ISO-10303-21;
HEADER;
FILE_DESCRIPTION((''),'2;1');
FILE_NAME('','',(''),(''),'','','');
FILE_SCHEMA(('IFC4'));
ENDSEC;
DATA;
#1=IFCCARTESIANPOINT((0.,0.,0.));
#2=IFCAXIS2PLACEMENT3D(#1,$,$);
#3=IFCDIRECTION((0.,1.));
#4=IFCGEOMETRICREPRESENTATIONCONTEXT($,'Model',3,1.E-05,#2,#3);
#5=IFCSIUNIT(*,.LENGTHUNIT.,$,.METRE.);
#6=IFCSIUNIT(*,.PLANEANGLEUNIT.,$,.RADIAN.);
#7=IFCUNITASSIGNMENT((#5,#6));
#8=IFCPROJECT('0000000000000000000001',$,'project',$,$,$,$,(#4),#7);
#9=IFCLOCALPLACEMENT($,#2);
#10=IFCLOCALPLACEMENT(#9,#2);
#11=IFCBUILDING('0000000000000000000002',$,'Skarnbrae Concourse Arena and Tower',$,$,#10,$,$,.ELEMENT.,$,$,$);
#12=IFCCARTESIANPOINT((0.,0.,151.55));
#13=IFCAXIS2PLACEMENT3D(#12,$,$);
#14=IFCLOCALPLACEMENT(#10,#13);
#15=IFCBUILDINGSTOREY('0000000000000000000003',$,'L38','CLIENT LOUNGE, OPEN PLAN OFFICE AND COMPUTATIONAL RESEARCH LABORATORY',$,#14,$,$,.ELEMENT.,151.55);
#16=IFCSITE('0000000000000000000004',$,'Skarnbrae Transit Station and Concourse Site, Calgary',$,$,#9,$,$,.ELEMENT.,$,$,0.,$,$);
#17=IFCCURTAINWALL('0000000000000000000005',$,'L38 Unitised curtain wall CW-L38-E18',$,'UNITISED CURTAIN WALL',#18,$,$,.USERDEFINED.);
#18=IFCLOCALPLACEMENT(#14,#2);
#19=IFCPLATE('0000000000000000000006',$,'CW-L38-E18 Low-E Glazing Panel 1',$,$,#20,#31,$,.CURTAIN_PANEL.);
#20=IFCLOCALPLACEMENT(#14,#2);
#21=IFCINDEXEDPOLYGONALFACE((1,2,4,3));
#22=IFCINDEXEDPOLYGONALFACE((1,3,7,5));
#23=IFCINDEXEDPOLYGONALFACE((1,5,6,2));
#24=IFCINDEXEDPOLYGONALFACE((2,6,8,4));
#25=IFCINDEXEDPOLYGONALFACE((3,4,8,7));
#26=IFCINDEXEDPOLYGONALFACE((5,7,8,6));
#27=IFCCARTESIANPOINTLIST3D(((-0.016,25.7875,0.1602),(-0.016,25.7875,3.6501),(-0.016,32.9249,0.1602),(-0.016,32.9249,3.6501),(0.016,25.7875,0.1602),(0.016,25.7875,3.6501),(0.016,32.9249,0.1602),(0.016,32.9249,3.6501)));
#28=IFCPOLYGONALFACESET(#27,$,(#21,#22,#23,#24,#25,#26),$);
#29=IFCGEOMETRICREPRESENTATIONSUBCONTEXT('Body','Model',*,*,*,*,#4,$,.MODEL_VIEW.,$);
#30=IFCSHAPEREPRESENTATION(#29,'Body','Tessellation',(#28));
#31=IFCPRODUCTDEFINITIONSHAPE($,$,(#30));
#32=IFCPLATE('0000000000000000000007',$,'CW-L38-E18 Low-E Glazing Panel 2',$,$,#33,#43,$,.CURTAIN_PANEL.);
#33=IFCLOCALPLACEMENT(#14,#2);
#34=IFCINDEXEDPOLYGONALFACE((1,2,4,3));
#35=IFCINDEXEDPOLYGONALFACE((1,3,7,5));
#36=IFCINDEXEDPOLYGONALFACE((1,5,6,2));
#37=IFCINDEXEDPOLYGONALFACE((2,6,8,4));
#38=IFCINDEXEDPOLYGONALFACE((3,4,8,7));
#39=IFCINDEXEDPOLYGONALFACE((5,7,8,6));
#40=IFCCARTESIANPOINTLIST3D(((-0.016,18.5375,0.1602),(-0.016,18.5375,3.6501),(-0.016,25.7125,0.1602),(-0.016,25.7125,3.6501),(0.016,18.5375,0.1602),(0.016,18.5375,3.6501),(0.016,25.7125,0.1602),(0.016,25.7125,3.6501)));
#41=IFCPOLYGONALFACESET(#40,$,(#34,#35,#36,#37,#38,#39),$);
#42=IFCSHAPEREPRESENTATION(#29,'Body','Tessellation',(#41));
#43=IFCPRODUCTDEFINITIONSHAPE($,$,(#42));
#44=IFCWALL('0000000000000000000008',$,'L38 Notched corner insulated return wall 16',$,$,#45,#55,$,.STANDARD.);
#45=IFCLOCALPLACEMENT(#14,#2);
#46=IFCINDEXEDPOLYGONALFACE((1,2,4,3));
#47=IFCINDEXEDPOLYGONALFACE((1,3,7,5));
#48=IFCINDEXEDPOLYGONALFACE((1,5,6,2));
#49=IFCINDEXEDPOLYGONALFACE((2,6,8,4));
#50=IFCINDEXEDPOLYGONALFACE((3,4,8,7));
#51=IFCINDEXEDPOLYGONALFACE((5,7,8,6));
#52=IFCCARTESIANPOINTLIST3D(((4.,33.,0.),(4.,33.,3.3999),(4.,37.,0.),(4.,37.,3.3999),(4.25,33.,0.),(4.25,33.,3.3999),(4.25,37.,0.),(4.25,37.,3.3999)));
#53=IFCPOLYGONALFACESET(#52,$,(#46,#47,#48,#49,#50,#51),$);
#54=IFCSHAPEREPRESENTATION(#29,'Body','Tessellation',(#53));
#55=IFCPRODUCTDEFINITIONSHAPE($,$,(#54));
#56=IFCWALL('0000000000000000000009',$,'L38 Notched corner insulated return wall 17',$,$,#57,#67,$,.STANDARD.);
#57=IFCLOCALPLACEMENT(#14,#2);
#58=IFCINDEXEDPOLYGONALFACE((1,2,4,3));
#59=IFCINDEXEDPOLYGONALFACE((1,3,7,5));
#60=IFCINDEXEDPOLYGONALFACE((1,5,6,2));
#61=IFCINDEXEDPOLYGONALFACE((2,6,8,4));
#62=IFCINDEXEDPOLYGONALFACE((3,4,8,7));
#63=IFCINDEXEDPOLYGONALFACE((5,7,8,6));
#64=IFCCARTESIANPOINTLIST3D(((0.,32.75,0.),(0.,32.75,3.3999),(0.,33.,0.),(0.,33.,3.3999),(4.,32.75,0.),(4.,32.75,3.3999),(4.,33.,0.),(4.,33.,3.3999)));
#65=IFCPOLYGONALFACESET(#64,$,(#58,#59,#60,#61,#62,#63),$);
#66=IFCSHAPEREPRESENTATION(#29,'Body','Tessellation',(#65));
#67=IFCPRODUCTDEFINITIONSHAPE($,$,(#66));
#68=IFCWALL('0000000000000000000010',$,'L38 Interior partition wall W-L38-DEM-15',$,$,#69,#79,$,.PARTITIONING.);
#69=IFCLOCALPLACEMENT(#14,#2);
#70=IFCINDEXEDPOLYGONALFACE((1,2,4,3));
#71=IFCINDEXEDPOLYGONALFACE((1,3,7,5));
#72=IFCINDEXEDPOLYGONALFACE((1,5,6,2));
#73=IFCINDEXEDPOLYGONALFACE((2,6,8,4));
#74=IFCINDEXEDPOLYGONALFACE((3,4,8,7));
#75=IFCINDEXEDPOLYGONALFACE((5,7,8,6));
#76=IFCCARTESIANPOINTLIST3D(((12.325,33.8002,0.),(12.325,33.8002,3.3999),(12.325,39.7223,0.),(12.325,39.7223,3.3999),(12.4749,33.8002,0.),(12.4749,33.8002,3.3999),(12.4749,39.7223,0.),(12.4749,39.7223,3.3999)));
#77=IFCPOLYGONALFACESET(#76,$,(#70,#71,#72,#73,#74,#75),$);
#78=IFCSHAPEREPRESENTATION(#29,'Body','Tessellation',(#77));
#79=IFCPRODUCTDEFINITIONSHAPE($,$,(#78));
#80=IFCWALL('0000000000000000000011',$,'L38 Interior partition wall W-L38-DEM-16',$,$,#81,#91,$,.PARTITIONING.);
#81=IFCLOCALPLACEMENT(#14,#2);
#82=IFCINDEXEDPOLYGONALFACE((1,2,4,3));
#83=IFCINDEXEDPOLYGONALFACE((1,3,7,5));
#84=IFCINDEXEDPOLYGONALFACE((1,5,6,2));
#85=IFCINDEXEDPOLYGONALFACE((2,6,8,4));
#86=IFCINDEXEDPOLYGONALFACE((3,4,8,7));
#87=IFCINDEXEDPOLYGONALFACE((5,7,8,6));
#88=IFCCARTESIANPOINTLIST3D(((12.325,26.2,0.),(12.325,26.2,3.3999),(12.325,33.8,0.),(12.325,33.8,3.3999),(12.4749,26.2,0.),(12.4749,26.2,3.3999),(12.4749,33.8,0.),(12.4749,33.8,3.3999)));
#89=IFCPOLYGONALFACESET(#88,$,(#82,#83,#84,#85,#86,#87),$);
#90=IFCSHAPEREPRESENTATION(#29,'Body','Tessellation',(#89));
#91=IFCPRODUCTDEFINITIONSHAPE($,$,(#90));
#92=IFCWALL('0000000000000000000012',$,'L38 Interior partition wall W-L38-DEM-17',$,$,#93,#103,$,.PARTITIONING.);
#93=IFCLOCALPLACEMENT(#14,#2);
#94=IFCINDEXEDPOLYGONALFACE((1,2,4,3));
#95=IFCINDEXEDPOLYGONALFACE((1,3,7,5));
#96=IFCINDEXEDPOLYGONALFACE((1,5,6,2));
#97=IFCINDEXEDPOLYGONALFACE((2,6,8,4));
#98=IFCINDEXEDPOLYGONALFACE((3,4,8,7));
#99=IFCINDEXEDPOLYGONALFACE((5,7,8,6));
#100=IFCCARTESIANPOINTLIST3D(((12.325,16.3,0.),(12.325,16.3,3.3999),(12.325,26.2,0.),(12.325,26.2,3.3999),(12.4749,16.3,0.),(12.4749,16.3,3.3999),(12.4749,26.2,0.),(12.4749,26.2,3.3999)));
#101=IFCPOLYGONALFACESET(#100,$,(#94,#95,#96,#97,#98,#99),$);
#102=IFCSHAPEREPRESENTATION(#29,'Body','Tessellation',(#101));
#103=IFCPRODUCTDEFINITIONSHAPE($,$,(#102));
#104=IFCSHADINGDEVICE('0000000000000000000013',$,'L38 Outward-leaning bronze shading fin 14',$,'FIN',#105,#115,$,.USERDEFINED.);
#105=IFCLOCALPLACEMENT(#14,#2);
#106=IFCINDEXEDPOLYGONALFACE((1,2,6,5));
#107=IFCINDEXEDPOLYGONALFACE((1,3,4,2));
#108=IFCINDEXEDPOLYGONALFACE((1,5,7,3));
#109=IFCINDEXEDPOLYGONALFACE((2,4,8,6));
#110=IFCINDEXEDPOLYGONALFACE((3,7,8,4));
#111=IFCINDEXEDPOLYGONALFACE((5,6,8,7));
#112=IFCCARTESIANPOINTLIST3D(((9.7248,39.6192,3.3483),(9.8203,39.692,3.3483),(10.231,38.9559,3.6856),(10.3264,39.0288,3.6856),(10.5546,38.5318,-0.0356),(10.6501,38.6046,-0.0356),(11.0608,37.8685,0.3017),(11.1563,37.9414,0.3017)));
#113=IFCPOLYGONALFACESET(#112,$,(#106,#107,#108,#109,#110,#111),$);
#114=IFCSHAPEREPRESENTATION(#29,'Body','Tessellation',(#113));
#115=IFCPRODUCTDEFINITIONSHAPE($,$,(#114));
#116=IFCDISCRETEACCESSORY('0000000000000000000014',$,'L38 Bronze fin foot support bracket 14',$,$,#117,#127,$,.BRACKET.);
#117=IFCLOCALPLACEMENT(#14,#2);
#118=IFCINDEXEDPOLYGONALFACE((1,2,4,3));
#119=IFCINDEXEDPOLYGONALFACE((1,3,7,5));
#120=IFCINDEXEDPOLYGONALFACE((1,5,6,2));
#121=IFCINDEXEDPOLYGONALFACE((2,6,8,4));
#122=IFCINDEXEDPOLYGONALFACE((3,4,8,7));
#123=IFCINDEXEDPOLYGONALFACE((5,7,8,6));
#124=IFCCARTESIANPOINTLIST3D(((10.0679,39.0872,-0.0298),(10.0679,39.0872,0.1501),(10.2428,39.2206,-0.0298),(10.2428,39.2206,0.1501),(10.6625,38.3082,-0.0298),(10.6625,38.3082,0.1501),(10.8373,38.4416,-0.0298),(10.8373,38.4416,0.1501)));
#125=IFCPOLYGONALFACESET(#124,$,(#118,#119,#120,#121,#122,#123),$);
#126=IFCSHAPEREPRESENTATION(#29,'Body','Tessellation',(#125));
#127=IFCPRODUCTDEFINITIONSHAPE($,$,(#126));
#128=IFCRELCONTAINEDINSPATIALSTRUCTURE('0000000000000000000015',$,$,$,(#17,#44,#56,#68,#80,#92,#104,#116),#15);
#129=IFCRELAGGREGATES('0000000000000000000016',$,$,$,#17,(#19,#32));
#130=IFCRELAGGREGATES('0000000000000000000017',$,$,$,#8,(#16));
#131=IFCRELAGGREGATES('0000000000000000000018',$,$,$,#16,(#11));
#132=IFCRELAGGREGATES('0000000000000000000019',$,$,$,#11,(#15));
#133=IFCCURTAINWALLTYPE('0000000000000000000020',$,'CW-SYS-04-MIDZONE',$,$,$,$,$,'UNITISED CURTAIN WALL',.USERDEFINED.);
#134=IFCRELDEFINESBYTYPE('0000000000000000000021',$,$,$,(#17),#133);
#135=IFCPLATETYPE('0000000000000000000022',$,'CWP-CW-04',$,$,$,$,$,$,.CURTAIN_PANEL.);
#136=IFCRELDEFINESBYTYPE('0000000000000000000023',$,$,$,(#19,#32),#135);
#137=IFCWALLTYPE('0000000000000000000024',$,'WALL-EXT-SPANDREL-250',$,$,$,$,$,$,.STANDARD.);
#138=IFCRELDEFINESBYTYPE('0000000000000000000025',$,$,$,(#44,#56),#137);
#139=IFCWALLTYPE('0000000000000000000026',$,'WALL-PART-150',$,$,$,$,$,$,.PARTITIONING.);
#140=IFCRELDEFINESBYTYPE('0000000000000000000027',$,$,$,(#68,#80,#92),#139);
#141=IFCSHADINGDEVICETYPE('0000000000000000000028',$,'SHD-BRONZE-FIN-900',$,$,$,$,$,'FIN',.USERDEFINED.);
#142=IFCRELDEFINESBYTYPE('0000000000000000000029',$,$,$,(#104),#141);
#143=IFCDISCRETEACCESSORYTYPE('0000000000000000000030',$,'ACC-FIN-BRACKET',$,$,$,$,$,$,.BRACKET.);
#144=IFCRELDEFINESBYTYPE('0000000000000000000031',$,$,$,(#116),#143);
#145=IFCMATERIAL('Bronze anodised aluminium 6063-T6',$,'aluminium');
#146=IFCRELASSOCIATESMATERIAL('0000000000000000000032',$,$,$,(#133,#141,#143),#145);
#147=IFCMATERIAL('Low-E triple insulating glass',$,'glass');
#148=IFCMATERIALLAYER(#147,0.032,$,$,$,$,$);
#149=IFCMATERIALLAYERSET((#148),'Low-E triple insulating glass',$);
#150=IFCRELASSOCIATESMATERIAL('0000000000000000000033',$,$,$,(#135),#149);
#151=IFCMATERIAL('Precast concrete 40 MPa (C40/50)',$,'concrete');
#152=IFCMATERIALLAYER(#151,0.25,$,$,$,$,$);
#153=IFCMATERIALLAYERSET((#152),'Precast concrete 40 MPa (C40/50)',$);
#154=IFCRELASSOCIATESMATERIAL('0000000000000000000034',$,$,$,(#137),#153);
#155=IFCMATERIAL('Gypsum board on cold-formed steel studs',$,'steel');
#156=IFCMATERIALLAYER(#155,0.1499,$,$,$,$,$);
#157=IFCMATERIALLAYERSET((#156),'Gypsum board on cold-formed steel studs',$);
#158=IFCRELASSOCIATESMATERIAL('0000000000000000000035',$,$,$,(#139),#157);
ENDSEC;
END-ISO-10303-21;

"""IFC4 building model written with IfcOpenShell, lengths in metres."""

from ifc_helpers import new_model, si_unit, direction, frame, frame_2d, origin, origin_2d, place, context, subcontext, project, spatial, rectangle, extrude, source, transform, mapped, material, layer, layer_set, type_object, element, aggregate, save


model = new_model("IFC4")

# Units and contexts
model_context = context("Model", 3, precision=1e-05, world=origin(), true_north=direction((0.0, 1.0)))
body_context = subcontext(model_context, "Body", "Model", "MODEL_VIEW")
ifc_project = project(units=[si_unit("LENGTHUNIT", "METRE"), si_unit("PLANEANGLEUNIT", "RADIAN")], contexts=[model_context])

# Site, building, storey
site_placement = place(None, origin())
site = spatial("IfcSite", under=ifc_project, at=site_placement, Name="Skarnbrae Transit Station and Concourse Site, Calgary", CompositionType="ELEMENT", RefElevation=0.0)
building_placement = place(site_placement, origin())
building = spatial("IfcBuilding", under=site, at=building_placement, Name="Skarnbrae Concourse Arena and Tower", CompositionType="ELEMENT")
storey_placement = place(building_placement, frame((0.0, 0.0, 151.55)))
storey = spatial("IfcBuildingStorey", under=building, at=storey_placement, Name="L38", Description="CLIENT LOUNGE, OPEN PLAN OFFICE AND COMPUTATIONAL RESEARCH LABORATORY", CompositionType="ELEMENT", Elevation=151.55)

# Shared definitions
ifc_material_1 = material(Name="Bronze anodised aluminium 6063-T6", Category="aluminium")
curtain_wall_type = type_object("IfcCurtainWallType", Name="CW-SYS-04-MIDZONE", ElementType="UNITISED CURTAIN WALL", PredefinedType="USERDEFINED", material=ifc_material_1)

# Curtain wall
curtain_wall_1_placement = place(storey_placement, origin())
curtain_wall_1 = element("IfcCurtainWall", 1, at=curtain_wall_1_placement, inside=storey, type_object=curtain_wall_type, Name="L38 Unitised curtain wall CW-L38-E18", ObjectType="UNITISED CURTAIN WALL", PredefinedType="USERDEFINED")

# Plates
ifc_material_2 = material(Name="Low-E triple insulating glass", Category="glass")
ifc_layer_1 = layer(ifc_material_2, 0.032)
ifc_layer_set_1 = layer_set([ifc_layer_1], Name="Low-E triple insulating glass")
plate_type = type_object("IfcPlateType", Name="CWP-CW-04", PredefinedType="CURTAIN_PANEL", material=ifc_layer_set_1)
shared_shape_1 = source(origin(), body_context, "Body", "SweptSolid", [
    extrude(rectangle(XDim=7.1375, YDim=0.032, at=origin_2d()), origin(), (0.0, 0.0, 1.0), 3.49),
])
plate_1_placement = place(storey_placement, frame((0.0, 29.3562, 0.1602), z_axis=(0.0, 0.0, 1.0), x_axis=(0.0, -1.0, 0.0)))
plate_1 = element("IfcPlate", 2, at=plate_1_placement, type_object=plate_type, Name="CW-L38-E18 Low-E Glazing Panel 1", PredefinedType="CURTAIN_PANEL", context=body_context, shape_type="MappedRepresentation", body=[
    mapped(shared_shape_1, transform((0.0, 0.0, 0.0))),
])
shared_shape_2 = source(origin(), body_context, "Body", "SweptSolid", [
    extrude(rectangle(XDim=7.175, YDim=0.032, at=origin_2d()), origin(), (0.0, 0.0, 1.0), 3.49),
])
plate_2_placement = place(storey_placement, frame((0.0, 22.125, 0.1602), z_axis=(0.0, 0.0, 1.0), x_axis=(0.0, -1.0, 0.0)))
plate_2 = element("IfcPlate", 3, at=plate_2_placement, type_object=plate_type, Name="CW-L38-E18 Low-E Glazing Panel 2", PredefinedType="CURTAIN_PANEL", context=body_context, shape_type="MappedRepresentation", body=[
    mapped(shared_shape_2, transform((0.0, 0.0, 0.0))),
])
aggregate(curtain_wall_1, [plate_1, plate_2])

# Walls
ifc_material_3 = material(Name="Precast concrete 40 MPa (C40/50)", Category="concrete")
ifc_layer_2 = layer(ifc_material_3, 0.25)
ifc_layer_set_2 = layer_set([ifc_layer_2], Name="Precast concrete 40 MPa (C40/50)")
wall_type_1 = type_object("IfcWallType", Name="WALL-EXT-SPANDREL-250", PredefinedType="STANDARD", material=ifc_layer_set_2)
shared_shape_3 = source(origin(), body_context, "Body", "SweptSolid", [
    extrude(rectangle(XDim=4.0, YDim=0.25, at=frame_2d((2.0, 0.0))), origin(), (0.0, 0.0, 1.0), 3.3999),
])
for number, where, z_axis, x_axis, name in (
    (4, (4.125, 37.0, 0.0), (0.0, 0.0, 1.0), (0.0, -1.0, 0.0), "L38 Notched corner insulated return wall 16"),
    (5, (4.0, 32.875, 0.0), (0.0, 0.0, 1.0), (-1.0, 0.0, 0.0), "L38 Notched corner insulated return wall 17"),
):
    element("IfcWall", number, at=place(storey_placement, frame(where, z_axis=z_axis, x_axis=x_axis)), inside=storey, type_object=wall_type_1, Name=name, PredefinedType="STANDARD", context=body_context, shape_type="MappedRepresentation", body=[
        mapped(shared_shape_3, transform((0.0, 0.0, 0.0))),
    ])
ifc_material_4 = material(Name="Gypsum board on cold-formed steel studs", Category="steel")
ifc_layer_3 = layer(ifc_material_4, 0.1499)
ifc_layer_set_3 = layer_set([ifc_layer_3], Name="Gypsum board on cold-formed steel studs")
wall_type_2 = type_object("IfcWallType", Name="WALL-PART-150", PredefinedType="PARTITIONING", material=ifc_layer_set_3)
shared_shape_4 = source(origin(), body_context, "Body", "SweptSolid", [
    extrude(rectangle(XDim=5.9221, YDim=0.1499, at=frame_2d((2.9609, 0.0))), origin(), (0.0, 0.0, 1.0), 3.3999),
])
wall_1_placement = place(storey_placement, frame((12.3999, 39.7222, 0.0), z_axis=(0.0, 0.0, 1.0), x_axis=(0.0, -1.0, 0.0)))
element("IfcWall", 6, at=wall_1_placement, inside=storey, type_object=wall_type_2, Name="L38 Interior partition wall W-L38-DEM-15", PredefinedType="PARTITIONING", context=body_context, shape_type="MappedRepresentation", body=[
    mapped(shared_shape_4, transform((0.0, 0.0, 0.0))),
])
shared_shape_5 = source(origin(), body_context, "Body", "SweptSolid", [
    extrude(rectangle(XDim=7.6001, YDim=0.1499, at=frame_2d((3.8, 0.0))), origin(), (0.0, 0.0, 1.0), 3.3999),
])
wall_2_placement = place(storey_placement, frame((12.3999, 33.8, 0.0), z_axis=(0.0, 0.0, 1.0), x_axis=(0.0, -1.0, 0.0)))
element("IfcWall", 7, at=wall_2_placement, inside=storey, type_object=wall_type_2, Name="L38 Interior partition wall W-L38-DEM-16", PredefinedType="PARTITIONING", context=body_context, shape_type="MappedRepresentation", body=[
    mapped(shared_shape_5, transform((0.0, 0.0, 0.0))),
])
shared_shape_6 = source(origin(), body_context, "Body", "SweptSolid", [
    extrude(rectangle(XDim=9.8999, YDim=0.1499, at=frame_2d((4.95, 0.0))), origin(), (0.0, 0.0, 1.0), 3.3999),
])
wall_3_placement = place(storey_placement, frame((12.3999, 26.2, 0.0), z_axis=(0.0, 0.0, 1.0), x_axis=(0.0, -1.0, 0.0)))
element("IfcWall", 8, at=wall_3_placement, inside=storey, type_object=wall_type_2, Name="L38 Interior partition wall W-L38-DEM-17", PredefinedType="PARTITIONING", context=body_context, shape_type="MappedRepresentation", body=[
    mapped(shared_shape_6, transform((0.0, 0.0, 0.0))),
])

# Shading device
shading_device_type = type_object("IfcShadingDeviceType", Name="SHD-BRONZE-FIN-900", ElementType="FIN", PredefinedType="USERDEFINED", material=ifc_material_1)
shared_shape_7 = source(origin(), body_context, "Body", "SweptSolid", [
    extrude(rectangle(XDim=0.1201, YDim=0.8999, at=origin_2d()), origin(), (0.0, 0.0, 1.0), 3.6499),
])
shading_device_placement = place(storey_placement, frame((10.8555, 38.2366, 0.1331), z_axis=(-0.22736, 0.297924, 0.927118), x_axis=(0.794955, 0.606668, 0.0)))
element("IfcShadingDevice", 9, at=shading_device_placement, inside=storey, type_object=shading_device_type, Name="L38 Outward-leaning bronze shading fin 14", ObjectType="FIN", PredefinedType="USERDEFINED", context=body_context, shape_type="MappedRepresentation", body=[
    mapped(shared_shape_7, transform((0.0, 0.0, 0.0))),
])

# Discrete accessory
discrete_accessory_type = type_object("IfcDiscreteAccessoryType", Name="ACC-FIN-BRACKET", PredefinedType="BRACKET", material=ifc_material_1)
shared_shape_8 = source(origin(), body_context, "Body", "SweptSolid", [
    extrude(rectangle(XDim=0.22, YDim=0.98, at=origin_2d()), origin(), (0.0, 0.0, 1.0), 0.1799),
])
discrete_accessory_placement = place(storey_placement, frame((10.4526, 38.7644, -0.0298), z_axis=(0.0, 0.0, 1.0), x_axis=(0.794955, 0.606668, 0.0)))
element("IfcDiscreteAccessory", 10, at=discrete_accessory_placement, inside=storey, type_object=discrete_accessory_type, Name="L38 Bronze fin foot support bracket 14", PredefinedType="BRACKET", context=body_context, shape_type="MappedRepresentation", body=[
    mapped(shared_shape_8, transform((0.0, 0.0, 0.0))),
])

save(model, "model.ifc")
